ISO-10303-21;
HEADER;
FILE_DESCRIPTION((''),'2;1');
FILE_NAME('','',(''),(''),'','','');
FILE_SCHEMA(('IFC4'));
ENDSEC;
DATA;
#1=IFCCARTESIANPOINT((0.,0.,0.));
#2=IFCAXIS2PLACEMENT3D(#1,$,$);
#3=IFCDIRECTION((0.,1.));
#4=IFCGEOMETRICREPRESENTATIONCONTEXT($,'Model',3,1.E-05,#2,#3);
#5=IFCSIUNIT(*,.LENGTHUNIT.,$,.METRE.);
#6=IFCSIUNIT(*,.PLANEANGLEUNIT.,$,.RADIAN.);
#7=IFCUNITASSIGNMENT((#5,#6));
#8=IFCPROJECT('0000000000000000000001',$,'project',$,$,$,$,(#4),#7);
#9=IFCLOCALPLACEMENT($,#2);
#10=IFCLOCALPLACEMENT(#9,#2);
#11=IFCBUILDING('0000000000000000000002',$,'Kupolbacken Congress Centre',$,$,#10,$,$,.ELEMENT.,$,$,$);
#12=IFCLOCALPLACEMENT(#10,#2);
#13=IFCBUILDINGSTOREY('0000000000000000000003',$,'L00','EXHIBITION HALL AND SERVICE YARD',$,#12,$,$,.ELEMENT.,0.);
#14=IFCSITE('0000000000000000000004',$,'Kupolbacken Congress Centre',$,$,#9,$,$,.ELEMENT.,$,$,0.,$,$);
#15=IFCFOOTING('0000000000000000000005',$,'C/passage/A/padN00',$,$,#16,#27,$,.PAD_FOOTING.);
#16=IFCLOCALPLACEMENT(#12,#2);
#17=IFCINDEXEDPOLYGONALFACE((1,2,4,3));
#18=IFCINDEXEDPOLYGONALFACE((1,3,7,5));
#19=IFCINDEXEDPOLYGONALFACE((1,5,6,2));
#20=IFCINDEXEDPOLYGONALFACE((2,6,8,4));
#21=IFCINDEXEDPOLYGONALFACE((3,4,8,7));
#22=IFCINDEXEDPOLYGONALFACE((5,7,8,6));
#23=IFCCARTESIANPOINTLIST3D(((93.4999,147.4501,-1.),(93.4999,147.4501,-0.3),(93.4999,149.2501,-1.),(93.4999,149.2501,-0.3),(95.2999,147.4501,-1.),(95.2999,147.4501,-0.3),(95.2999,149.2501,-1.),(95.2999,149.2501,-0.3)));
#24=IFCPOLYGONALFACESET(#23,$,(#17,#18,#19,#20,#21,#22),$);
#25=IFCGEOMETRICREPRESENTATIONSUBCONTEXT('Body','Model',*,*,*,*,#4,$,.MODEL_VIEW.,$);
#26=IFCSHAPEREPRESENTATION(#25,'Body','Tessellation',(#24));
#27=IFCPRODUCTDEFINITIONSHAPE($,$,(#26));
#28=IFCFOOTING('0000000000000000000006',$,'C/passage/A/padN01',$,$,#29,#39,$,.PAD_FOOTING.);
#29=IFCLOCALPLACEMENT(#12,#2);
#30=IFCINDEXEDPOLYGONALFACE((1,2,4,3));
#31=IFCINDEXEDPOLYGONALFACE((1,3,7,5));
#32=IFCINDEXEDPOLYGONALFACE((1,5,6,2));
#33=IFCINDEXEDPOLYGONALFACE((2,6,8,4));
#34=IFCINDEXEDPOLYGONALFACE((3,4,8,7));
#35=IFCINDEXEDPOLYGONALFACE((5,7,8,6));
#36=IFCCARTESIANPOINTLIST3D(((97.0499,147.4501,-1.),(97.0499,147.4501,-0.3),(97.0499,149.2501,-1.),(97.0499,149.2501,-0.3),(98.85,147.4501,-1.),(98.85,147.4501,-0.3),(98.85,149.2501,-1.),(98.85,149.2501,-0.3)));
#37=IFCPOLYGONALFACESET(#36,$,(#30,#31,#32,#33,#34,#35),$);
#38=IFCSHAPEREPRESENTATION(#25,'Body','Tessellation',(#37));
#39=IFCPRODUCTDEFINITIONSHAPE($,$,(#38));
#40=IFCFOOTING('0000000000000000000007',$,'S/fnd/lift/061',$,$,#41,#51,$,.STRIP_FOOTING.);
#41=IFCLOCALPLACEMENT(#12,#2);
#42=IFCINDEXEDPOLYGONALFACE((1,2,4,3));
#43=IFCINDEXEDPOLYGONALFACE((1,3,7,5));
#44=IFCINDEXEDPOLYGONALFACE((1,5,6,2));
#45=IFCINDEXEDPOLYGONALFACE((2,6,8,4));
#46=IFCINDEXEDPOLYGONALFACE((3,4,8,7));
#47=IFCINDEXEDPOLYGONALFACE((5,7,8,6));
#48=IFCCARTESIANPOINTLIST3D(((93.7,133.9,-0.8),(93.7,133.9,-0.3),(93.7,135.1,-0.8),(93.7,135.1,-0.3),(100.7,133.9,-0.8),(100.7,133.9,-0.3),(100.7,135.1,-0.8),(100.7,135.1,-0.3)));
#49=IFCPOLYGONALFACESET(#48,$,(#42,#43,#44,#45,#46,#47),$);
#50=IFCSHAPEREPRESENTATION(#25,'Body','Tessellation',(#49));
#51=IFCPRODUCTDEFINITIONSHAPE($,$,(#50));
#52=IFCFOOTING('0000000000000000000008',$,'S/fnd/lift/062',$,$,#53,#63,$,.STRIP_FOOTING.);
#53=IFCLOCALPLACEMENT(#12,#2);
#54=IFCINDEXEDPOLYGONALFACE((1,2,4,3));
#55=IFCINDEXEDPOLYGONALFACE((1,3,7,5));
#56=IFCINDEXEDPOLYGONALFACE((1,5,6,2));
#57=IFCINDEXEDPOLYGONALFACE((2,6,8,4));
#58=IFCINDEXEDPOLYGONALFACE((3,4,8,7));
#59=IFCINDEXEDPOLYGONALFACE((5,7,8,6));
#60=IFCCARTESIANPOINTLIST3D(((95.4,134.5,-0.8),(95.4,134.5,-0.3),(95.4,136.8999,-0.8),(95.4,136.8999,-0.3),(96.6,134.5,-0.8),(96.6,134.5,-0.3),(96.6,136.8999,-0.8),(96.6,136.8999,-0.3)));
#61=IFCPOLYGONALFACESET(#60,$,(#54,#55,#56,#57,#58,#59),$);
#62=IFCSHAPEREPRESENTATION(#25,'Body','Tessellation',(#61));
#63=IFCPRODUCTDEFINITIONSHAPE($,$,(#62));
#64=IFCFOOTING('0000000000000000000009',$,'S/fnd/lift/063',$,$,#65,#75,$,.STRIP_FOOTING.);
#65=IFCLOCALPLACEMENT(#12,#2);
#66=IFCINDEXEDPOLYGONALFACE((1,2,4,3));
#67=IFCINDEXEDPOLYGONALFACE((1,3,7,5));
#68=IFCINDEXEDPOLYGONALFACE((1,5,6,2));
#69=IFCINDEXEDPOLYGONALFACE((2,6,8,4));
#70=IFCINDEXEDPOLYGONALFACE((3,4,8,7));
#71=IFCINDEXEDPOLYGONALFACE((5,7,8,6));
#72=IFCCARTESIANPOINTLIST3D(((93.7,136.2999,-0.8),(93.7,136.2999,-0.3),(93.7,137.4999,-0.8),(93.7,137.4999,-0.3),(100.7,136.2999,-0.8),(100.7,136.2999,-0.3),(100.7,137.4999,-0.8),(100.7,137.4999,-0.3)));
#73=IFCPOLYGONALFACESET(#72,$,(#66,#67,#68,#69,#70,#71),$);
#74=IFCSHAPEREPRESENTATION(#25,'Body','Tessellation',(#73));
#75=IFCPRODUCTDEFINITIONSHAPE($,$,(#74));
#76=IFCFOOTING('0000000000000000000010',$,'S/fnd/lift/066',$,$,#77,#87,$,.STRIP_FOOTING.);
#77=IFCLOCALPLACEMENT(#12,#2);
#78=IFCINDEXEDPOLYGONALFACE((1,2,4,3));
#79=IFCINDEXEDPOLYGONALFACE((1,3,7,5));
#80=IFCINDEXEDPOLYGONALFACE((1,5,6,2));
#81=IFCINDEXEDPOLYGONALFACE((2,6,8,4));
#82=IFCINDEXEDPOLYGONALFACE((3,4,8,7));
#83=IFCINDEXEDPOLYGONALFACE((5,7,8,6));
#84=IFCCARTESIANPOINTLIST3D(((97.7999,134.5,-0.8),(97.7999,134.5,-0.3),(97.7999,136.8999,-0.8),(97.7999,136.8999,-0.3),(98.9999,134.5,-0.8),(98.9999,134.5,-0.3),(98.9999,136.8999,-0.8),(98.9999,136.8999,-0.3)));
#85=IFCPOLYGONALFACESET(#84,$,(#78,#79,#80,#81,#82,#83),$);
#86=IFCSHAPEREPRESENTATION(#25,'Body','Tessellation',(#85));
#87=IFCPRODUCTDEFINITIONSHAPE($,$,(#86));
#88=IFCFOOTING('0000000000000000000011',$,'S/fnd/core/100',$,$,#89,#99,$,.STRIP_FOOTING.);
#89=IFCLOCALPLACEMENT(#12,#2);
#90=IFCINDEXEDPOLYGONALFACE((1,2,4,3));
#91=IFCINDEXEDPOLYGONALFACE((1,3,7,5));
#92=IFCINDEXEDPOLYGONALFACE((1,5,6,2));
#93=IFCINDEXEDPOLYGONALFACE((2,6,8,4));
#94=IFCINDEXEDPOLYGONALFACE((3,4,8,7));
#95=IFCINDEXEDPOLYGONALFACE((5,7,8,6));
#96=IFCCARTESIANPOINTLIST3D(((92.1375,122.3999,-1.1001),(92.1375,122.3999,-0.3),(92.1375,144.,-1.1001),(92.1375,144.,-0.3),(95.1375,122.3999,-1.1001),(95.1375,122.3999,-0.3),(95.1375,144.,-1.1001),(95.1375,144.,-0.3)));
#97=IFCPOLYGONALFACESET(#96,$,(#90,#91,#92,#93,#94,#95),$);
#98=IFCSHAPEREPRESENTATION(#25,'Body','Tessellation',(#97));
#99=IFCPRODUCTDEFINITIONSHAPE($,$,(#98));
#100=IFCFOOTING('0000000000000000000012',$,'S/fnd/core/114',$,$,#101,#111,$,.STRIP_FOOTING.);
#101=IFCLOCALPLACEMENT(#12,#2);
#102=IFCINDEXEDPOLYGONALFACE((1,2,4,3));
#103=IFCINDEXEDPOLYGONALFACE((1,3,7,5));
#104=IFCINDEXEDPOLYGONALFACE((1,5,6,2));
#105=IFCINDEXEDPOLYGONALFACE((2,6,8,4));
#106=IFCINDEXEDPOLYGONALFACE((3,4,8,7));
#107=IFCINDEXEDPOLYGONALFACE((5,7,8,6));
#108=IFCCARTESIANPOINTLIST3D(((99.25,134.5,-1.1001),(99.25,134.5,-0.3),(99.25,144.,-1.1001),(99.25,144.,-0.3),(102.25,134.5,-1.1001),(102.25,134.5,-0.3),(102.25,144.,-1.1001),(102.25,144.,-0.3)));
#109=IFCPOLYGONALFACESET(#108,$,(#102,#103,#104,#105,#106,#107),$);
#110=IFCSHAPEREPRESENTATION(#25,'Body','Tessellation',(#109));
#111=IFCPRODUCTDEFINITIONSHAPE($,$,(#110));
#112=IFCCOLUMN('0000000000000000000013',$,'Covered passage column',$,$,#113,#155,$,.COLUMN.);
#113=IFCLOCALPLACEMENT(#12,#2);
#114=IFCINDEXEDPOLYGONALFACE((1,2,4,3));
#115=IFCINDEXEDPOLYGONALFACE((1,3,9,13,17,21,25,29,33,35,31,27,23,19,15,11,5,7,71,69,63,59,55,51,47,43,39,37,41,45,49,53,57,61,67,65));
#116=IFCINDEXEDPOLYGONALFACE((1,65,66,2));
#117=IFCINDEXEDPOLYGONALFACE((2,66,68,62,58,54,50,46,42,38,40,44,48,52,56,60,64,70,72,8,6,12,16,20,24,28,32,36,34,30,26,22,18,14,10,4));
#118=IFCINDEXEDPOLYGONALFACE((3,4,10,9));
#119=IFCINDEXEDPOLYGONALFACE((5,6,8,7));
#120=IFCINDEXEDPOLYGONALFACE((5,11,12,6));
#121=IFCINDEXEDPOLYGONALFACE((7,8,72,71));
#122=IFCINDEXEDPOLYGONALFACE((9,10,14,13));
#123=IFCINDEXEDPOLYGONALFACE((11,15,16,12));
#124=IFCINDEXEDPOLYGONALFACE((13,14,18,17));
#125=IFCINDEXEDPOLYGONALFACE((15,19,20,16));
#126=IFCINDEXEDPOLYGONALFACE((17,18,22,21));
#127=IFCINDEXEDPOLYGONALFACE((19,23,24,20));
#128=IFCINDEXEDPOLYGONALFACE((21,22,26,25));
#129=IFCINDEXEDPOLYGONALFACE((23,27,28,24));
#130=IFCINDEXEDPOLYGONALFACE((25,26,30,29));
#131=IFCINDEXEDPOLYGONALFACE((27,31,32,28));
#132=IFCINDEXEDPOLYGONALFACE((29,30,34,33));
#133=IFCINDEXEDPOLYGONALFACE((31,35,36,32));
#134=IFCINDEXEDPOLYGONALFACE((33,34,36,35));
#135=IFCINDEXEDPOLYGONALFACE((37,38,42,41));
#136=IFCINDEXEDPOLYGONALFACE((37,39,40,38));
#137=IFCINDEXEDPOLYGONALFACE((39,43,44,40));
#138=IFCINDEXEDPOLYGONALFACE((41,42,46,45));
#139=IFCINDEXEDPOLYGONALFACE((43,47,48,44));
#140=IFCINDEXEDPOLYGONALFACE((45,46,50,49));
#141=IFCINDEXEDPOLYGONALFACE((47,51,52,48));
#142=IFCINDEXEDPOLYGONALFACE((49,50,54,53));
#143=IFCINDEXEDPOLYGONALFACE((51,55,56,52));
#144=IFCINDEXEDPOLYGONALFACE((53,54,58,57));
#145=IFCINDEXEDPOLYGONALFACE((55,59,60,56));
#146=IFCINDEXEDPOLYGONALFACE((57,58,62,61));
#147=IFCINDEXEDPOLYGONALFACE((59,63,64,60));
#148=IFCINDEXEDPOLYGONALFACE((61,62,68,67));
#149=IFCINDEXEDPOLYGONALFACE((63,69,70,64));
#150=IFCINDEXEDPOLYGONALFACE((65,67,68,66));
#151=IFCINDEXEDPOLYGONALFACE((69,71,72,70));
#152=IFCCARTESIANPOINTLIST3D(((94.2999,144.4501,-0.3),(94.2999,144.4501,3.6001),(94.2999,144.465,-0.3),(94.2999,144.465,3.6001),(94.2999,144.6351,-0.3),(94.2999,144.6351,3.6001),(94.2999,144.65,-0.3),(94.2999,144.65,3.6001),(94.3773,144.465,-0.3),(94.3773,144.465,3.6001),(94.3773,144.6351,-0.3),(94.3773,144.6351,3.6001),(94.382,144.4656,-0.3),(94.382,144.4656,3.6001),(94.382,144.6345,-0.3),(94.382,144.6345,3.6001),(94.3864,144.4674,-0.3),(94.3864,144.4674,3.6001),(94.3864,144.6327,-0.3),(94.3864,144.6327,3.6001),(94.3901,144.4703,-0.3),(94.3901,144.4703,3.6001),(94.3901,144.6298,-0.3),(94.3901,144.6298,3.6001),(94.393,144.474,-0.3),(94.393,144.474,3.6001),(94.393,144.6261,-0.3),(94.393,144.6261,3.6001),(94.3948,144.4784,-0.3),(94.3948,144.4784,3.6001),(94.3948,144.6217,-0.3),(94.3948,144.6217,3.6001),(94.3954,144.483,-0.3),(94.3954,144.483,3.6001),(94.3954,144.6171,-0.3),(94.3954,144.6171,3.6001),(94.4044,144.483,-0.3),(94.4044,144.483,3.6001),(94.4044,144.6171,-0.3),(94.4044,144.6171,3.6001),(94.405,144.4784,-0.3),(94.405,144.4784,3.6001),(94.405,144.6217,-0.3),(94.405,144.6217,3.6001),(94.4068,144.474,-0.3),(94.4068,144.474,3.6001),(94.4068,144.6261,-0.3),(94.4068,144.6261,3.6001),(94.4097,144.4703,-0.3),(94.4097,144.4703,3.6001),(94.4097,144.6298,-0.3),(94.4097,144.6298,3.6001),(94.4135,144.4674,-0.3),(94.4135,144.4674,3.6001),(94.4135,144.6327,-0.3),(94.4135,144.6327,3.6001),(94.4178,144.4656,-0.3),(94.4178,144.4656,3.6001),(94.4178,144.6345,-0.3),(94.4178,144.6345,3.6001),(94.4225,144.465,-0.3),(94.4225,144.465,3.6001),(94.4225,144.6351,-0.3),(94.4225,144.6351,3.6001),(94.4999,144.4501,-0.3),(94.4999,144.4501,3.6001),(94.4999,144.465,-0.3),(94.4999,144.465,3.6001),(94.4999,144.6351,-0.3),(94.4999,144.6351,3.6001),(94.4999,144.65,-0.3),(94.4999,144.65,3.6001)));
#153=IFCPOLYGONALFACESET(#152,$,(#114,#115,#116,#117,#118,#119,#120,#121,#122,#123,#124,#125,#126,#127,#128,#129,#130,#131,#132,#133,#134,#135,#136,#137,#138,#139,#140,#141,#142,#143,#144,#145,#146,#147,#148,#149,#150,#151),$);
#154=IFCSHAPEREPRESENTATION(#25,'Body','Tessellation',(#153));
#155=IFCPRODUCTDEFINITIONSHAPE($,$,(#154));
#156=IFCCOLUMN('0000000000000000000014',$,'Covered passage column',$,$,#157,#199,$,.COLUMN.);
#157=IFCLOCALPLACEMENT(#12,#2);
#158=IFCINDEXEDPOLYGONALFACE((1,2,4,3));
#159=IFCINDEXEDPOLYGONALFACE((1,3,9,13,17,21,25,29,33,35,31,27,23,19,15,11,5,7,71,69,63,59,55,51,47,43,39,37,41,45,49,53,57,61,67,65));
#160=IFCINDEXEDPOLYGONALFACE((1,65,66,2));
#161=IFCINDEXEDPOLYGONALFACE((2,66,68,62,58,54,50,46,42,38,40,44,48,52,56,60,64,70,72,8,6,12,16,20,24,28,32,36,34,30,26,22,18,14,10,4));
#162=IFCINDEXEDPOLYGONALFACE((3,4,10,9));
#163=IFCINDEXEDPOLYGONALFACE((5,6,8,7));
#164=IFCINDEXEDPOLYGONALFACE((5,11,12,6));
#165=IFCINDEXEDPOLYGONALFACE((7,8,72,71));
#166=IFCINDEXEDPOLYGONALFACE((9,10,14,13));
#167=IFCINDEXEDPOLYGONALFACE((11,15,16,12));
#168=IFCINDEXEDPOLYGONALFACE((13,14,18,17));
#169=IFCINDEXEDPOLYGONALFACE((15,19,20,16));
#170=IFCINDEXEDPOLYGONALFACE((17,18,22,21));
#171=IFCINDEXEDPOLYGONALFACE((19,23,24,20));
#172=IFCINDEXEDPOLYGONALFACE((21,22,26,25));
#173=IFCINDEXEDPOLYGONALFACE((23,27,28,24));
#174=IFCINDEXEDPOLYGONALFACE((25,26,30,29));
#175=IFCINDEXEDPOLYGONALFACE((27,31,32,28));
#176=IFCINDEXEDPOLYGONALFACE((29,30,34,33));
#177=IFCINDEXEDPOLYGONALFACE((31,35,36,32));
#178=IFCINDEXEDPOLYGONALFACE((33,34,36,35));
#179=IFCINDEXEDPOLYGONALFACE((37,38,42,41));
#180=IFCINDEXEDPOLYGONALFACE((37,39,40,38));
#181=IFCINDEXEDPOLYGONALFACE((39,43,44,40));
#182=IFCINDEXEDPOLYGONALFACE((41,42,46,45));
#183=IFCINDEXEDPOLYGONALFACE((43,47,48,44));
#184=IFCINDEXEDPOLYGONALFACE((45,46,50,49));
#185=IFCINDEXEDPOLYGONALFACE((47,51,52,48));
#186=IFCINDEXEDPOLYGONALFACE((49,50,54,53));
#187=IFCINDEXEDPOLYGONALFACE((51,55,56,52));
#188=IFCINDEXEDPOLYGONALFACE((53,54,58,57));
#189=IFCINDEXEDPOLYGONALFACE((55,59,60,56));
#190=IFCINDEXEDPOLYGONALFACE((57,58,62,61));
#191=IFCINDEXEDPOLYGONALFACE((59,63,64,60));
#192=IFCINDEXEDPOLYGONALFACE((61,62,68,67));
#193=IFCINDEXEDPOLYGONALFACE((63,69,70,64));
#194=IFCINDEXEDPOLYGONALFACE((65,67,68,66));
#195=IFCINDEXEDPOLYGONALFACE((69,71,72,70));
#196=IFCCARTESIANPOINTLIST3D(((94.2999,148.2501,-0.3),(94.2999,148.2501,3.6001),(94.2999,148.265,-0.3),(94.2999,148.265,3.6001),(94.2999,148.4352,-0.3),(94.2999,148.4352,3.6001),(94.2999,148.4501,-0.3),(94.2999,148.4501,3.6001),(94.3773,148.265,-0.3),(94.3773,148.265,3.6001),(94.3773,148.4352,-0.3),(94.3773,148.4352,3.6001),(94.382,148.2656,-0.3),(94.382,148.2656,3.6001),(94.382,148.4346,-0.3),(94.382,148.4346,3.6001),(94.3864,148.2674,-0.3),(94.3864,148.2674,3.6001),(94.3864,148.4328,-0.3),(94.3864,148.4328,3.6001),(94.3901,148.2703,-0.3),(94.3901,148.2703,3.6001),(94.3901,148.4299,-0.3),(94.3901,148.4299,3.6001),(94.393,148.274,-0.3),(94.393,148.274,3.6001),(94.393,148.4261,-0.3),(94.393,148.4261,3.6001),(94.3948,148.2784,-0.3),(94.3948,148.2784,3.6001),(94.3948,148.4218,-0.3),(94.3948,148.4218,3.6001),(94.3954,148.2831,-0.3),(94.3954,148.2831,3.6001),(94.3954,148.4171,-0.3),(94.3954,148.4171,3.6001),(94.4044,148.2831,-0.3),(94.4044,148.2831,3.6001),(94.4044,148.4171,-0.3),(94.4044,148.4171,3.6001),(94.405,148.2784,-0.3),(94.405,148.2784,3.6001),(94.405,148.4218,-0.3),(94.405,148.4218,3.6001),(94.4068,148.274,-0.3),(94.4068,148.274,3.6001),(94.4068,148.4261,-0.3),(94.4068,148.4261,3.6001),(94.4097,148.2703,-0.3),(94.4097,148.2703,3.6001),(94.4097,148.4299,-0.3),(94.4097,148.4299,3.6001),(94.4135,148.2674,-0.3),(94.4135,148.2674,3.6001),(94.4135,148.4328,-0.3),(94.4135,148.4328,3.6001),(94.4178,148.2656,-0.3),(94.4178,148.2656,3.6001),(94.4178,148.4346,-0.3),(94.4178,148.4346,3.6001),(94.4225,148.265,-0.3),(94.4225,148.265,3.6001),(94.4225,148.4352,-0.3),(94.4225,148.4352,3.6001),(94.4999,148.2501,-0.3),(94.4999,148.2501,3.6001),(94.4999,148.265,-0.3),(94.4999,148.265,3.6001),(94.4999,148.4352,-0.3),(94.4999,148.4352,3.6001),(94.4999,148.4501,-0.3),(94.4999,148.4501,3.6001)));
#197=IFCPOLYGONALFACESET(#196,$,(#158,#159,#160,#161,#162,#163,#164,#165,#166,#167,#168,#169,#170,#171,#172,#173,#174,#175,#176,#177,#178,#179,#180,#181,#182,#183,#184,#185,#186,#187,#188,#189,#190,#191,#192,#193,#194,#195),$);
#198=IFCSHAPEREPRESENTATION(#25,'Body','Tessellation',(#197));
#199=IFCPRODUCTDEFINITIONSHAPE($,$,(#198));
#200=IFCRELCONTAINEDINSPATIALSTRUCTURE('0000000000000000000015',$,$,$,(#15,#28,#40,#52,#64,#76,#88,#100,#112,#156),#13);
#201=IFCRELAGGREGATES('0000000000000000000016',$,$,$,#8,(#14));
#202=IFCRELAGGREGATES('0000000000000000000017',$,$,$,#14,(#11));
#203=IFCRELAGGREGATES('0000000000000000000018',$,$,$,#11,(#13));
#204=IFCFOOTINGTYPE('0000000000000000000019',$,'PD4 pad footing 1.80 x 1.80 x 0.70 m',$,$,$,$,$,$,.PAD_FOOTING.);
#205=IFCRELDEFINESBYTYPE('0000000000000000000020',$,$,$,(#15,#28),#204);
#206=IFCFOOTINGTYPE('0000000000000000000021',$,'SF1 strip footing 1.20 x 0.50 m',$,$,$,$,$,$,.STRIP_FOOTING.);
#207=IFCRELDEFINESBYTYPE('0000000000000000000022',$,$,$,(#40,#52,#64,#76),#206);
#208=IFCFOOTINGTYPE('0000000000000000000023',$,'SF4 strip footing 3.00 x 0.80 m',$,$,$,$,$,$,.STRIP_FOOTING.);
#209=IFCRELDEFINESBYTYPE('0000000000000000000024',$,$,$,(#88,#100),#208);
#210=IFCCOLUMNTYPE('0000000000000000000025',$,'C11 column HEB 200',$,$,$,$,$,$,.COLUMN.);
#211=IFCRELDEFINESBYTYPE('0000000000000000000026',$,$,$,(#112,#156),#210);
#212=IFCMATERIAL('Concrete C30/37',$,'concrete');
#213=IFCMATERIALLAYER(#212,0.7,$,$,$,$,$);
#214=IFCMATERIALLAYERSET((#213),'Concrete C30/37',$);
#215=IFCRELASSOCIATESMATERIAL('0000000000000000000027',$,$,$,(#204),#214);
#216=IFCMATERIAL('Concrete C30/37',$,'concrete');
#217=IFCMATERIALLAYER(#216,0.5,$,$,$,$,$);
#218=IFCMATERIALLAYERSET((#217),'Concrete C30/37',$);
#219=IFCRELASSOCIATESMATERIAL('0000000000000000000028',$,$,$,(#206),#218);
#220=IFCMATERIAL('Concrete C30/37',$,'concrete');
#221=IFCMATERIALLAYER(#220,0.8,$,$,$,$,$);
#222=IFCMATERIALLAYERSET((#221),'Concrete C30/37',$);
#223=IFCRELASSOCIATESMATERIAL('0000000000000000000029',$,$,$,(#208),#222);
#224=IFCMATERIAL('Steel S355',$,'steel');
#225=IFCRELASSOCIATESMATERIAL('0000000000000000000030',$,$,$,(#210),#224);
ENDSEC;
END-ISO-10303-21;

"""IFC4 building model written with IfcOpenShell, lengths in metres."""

from ifc_helpers import new_model, si_unit, direction, frame, origin, origin_2d, place, context, subcontext, project, spatial, rectangle, i_section, extrude, material, layer, layer_set, material_profile, profile_set, type_object, element, save


model = new_model("IFC4")

# Units and contexts
model_context = context("Model", 3, precision=1e-05, world=origin(), true_north=direction((0.0, 1.0)))
body_context = subcontext(model_context, "Body", "Model", "MODEL_VIEW")
ifc_project = project(units=[si_unit("LENGTHUNIT", "METRE"), si_unit("PLANEANGLEUNIT", "RADIAN")], contexts=[model_context])

# Site, building, storey
site_placement = place(None, origin())
site = spatial("IfcSite", under=ifc_project, at=site_placement, Name="Kupolbacken Congress Centre", CompositionType="ELEMENT", RefElevation=0.0)
building_placement = place(site_placement, origin())
building = spatial("IfcBuilding", under=site, at=building_placement, Name="Kupolbacken Congress Centre", CompositionType="ELEMENT")
storey_placement = place(building_placement, origin())
storey = spatial("IfcBuildingStorey", under=building, at=storey_placement, Name="L00", Description="EXHIBITION HALL AND SERVICE YARD", CompositionType="ELEMENT", Elevation=0.0)

# Footings
ifc_material_1 = material(Name="Concrete C30/37", Category="concrete")
ifc_layer_1 = layer(ifc_material_1, 0.7)
ifc_layer_set_1 = layer_set([ifc_layer_1], Name="Concrete C30/37")
footing_type_1 = type_object("IfcFootingType", Name="PD4 pad footing 1.80 x 1.80 x 0.70 m", PredefinedType="PAD_FOOTING", material=ifc_layer_set_1)
for number, where, z_axis, x_axis, name in (
    (1, (94.3999, 148.3501, -1.0), (0.0, 0.0, 1.0), (1.0, 0.0, 0.0), "C/passage/A/padN00"),
    (2, (97.95, 148.3501, -1.0), (0.0, 0.0, 1.0), (1.0, 0.0, 0.0), "C/passage/A/padN01"),
):
    element("IfcFooting", number, at=place(storey_placement, frame(where, z_axis=z_axis, x_axis=x_axis)), inside=storey, type_object=footing_type_1, Name=name, PredefinedType="PAD_FOOTING", context=body_context, shape_type="SweptSolid", body=[
        extrude(rectangle(XDim=1.8, YDim=1.8, at=origin_2d()), origin(), (0.0, 0.0, 1.0), 0.7),
    ])
ifc_material_2 = material(Name="Concrete C30/37", Category="concrete")
ifc_layer_2 = layer(ifc_material_2, 0.5)
ifc_layer_set_2 = layer_set([ifc_layer_2], Name="Concrete C30/37")
footing_type_2 = type_object("IfcFootingType", Name="SF1 strip footing 1.20 x 0.50 m", PredefinedType="STRIP_FOOTING", material=ifc_layer_set_2)
footing_1_placement = place(storey_placement, frame((97.2, 134.5, -0.8), z_axis=(0.0, 0.0, 1.0), x_axis=(1.0, 0.0, 0.0)))
element("IfcFooting", 3, at=footing_1_placement, inside=storey, type_object=footing_type_2, Name="S/fnd/lift/061", PredefinedType="STRIP_FOOTING", context=body_context, shape_type="SweptSolid", body=[
    extrude(rectangle(XDim=7.0, YDim=1.2, at=origin_2d()), origin(), (0.0, 0.0, 1.0), 0.5),
])
footing_2_placement = place(storey_placement, frame((96.0, 135.7, -0.8), z_axis=(0.0, 0.0, 1.0), x_axis=(0.0, 1.0, 0.0)))
element("IfcFooting", 4, at=footing_2_placement, inside=storey, type_object=footing_type_2, Name="S/fnd/lift/062", PredefinedType="STRIP_FOOTING", context=body_context, shape_type="SweptSolid", body=[
    extrude(rectangle(XDim=2.3999, YDim=1.2, at=origin_2d()), origin(), (0.0, 0.0, 1.0), 0.5),
])
footing_3_placement = place(storey_placement, frame((97.2, 136.8999, -0.8), z_axis=(0.0, 0.0, 1.0), x_axis=(1.0, 0.0, 0.0)))
element("IfcFooting", 5, at=footing_3_placement, inside=storey, type_object=footing_type_2, Name="S/fnd/lift/063", PredefinedType="STRIP_FOOTING", context=body_context, shape_type="SweptSolid", body=[
    extrude(rectangle(XDim=7.0, YDim=1.2, at=origin_2d()), origin(), (0.0, 0.0, 1.0), 0.5),
])
footing_4_placement = place(storey_placement, frame((98.3999, 135.7, -0.8), z_axis=(0.0, 0.0, 1.0), x_axis=(0.0, 1.0, 0.0)))
element("IfcFooting", 6, at=footing_4_placement, inside=storey, type_object=footing_type_2, Name="S/fnd/lift/066", PredefinedType="STRIP_FOOTING", context=body_context, shape_type="SweptSolid", body=[
    extrude(rectangle(XDim=2.3999, YDim=1.2, at=origin_2d()), origin(), (0.0, 0.0, 1.0), 0.5),
])
ifc_material_3 = material(Name="Concrete C30/37", Category="concrete")
ifc_layer_3 = layer(ifc_material_3, 0.8)
ifc_layer_set_3 = layer_set([ifc_layer_3], Name="Concrete C30/37")
footing_type_3 = type_object("IfcFootingType", Name="SF4 strip footing 3.00 x 0.80 m", PredefinedType="STRIP_FOOTING", material=ifc_layer_set_3)
footing_5_placement = place(storey_placement, frame((93.6375, 133.2, -1.1001), z_axis=(0.0, 0.0, 1.0), x_axis=(0.0, 1.0, 0.0)))
element("IfcFooting", 7, at=footing_5_placement, inside=storey, type_object=footing_type_3, Name="S/fnd/core/100", PredefinedType="STRIP_FOOTING", context=body_context, shape_type="SweptSolid", body=[
    extrude(rectangle(XDim=21.6001, YDim=3.0, at=origin_2d()), origin(), (0.0, 0.0, 1.0), 0.8),
])
footing_6_placement = place(storey_placement, frame((100.75, 139.25, -1.1001), z_axis=(0.0, 0.0, 1.0), x_axis=(0.0, 1.0, 0.0)))
element("IfcFooting", 8, at=footing_6_placement, inside=storey, type_object=footing_type_3, Name="S/fnd/core/114", PredefinedType="STRIP_FOOTING", context=body_context, shape_type="SweptSolid", body=[
    extrude(rectangle(XDim=9.5, YDim=3.0, at=origin_2d()), origin(), (0.0, 0.0, 1.0), 0.8),
])

# Columns
ifc_material_4 = material(Name="Steel S355", Category="steel")
ifc_material_profile = material_profile(ifc_material_4, i_section(OverallWidth=0.2, OverallDepth=0.2, WebThickness=0.009, FlangeThickness=0.0149, FilletRadius=0.0181, at=origin_2d()), Name="HEB 200")
ifc_profile_set = profile_set([ifc_material_profile], Name="Steel S355")
column_type = type_object("IfcColumnType", Name="C11 column HEB 200", PredefinedType="COLUMN", material=ifc_profile_set)
for number, where, z_axis, x_axis, name in (
    (9, (94.3999, 144.55, -0.3), (0.0, 0.0, 1.0), (1.0, 0.0, 0.0), "Covered passage column"),
    (10, (94.3999, 148.3501, -0.3), (0.0, 0.0, 1.0), (1.0, 0.0, 0.0), "Covered passage column"),
):
    element("IfcColumn", number, at=place(storey_placement, frame(where, z_axis=z_axis, x_axis=x_axis)), inside=storey, type_object=column_type, Name=name, PredefinedType="COLUMN", context=body_context, shape_type="SweptSolid", body=[
        extrude(i_section(OverallWidth=0.2, OverallDepth=0.2, WebThickness=0.009, FlangeThickness=0.0149, FilletRadius=0.0181, at=origin_2d()), origin(), (0.0, 0.0, 1.0), 3.9001),
    ])

save(model, "model.ifc")
